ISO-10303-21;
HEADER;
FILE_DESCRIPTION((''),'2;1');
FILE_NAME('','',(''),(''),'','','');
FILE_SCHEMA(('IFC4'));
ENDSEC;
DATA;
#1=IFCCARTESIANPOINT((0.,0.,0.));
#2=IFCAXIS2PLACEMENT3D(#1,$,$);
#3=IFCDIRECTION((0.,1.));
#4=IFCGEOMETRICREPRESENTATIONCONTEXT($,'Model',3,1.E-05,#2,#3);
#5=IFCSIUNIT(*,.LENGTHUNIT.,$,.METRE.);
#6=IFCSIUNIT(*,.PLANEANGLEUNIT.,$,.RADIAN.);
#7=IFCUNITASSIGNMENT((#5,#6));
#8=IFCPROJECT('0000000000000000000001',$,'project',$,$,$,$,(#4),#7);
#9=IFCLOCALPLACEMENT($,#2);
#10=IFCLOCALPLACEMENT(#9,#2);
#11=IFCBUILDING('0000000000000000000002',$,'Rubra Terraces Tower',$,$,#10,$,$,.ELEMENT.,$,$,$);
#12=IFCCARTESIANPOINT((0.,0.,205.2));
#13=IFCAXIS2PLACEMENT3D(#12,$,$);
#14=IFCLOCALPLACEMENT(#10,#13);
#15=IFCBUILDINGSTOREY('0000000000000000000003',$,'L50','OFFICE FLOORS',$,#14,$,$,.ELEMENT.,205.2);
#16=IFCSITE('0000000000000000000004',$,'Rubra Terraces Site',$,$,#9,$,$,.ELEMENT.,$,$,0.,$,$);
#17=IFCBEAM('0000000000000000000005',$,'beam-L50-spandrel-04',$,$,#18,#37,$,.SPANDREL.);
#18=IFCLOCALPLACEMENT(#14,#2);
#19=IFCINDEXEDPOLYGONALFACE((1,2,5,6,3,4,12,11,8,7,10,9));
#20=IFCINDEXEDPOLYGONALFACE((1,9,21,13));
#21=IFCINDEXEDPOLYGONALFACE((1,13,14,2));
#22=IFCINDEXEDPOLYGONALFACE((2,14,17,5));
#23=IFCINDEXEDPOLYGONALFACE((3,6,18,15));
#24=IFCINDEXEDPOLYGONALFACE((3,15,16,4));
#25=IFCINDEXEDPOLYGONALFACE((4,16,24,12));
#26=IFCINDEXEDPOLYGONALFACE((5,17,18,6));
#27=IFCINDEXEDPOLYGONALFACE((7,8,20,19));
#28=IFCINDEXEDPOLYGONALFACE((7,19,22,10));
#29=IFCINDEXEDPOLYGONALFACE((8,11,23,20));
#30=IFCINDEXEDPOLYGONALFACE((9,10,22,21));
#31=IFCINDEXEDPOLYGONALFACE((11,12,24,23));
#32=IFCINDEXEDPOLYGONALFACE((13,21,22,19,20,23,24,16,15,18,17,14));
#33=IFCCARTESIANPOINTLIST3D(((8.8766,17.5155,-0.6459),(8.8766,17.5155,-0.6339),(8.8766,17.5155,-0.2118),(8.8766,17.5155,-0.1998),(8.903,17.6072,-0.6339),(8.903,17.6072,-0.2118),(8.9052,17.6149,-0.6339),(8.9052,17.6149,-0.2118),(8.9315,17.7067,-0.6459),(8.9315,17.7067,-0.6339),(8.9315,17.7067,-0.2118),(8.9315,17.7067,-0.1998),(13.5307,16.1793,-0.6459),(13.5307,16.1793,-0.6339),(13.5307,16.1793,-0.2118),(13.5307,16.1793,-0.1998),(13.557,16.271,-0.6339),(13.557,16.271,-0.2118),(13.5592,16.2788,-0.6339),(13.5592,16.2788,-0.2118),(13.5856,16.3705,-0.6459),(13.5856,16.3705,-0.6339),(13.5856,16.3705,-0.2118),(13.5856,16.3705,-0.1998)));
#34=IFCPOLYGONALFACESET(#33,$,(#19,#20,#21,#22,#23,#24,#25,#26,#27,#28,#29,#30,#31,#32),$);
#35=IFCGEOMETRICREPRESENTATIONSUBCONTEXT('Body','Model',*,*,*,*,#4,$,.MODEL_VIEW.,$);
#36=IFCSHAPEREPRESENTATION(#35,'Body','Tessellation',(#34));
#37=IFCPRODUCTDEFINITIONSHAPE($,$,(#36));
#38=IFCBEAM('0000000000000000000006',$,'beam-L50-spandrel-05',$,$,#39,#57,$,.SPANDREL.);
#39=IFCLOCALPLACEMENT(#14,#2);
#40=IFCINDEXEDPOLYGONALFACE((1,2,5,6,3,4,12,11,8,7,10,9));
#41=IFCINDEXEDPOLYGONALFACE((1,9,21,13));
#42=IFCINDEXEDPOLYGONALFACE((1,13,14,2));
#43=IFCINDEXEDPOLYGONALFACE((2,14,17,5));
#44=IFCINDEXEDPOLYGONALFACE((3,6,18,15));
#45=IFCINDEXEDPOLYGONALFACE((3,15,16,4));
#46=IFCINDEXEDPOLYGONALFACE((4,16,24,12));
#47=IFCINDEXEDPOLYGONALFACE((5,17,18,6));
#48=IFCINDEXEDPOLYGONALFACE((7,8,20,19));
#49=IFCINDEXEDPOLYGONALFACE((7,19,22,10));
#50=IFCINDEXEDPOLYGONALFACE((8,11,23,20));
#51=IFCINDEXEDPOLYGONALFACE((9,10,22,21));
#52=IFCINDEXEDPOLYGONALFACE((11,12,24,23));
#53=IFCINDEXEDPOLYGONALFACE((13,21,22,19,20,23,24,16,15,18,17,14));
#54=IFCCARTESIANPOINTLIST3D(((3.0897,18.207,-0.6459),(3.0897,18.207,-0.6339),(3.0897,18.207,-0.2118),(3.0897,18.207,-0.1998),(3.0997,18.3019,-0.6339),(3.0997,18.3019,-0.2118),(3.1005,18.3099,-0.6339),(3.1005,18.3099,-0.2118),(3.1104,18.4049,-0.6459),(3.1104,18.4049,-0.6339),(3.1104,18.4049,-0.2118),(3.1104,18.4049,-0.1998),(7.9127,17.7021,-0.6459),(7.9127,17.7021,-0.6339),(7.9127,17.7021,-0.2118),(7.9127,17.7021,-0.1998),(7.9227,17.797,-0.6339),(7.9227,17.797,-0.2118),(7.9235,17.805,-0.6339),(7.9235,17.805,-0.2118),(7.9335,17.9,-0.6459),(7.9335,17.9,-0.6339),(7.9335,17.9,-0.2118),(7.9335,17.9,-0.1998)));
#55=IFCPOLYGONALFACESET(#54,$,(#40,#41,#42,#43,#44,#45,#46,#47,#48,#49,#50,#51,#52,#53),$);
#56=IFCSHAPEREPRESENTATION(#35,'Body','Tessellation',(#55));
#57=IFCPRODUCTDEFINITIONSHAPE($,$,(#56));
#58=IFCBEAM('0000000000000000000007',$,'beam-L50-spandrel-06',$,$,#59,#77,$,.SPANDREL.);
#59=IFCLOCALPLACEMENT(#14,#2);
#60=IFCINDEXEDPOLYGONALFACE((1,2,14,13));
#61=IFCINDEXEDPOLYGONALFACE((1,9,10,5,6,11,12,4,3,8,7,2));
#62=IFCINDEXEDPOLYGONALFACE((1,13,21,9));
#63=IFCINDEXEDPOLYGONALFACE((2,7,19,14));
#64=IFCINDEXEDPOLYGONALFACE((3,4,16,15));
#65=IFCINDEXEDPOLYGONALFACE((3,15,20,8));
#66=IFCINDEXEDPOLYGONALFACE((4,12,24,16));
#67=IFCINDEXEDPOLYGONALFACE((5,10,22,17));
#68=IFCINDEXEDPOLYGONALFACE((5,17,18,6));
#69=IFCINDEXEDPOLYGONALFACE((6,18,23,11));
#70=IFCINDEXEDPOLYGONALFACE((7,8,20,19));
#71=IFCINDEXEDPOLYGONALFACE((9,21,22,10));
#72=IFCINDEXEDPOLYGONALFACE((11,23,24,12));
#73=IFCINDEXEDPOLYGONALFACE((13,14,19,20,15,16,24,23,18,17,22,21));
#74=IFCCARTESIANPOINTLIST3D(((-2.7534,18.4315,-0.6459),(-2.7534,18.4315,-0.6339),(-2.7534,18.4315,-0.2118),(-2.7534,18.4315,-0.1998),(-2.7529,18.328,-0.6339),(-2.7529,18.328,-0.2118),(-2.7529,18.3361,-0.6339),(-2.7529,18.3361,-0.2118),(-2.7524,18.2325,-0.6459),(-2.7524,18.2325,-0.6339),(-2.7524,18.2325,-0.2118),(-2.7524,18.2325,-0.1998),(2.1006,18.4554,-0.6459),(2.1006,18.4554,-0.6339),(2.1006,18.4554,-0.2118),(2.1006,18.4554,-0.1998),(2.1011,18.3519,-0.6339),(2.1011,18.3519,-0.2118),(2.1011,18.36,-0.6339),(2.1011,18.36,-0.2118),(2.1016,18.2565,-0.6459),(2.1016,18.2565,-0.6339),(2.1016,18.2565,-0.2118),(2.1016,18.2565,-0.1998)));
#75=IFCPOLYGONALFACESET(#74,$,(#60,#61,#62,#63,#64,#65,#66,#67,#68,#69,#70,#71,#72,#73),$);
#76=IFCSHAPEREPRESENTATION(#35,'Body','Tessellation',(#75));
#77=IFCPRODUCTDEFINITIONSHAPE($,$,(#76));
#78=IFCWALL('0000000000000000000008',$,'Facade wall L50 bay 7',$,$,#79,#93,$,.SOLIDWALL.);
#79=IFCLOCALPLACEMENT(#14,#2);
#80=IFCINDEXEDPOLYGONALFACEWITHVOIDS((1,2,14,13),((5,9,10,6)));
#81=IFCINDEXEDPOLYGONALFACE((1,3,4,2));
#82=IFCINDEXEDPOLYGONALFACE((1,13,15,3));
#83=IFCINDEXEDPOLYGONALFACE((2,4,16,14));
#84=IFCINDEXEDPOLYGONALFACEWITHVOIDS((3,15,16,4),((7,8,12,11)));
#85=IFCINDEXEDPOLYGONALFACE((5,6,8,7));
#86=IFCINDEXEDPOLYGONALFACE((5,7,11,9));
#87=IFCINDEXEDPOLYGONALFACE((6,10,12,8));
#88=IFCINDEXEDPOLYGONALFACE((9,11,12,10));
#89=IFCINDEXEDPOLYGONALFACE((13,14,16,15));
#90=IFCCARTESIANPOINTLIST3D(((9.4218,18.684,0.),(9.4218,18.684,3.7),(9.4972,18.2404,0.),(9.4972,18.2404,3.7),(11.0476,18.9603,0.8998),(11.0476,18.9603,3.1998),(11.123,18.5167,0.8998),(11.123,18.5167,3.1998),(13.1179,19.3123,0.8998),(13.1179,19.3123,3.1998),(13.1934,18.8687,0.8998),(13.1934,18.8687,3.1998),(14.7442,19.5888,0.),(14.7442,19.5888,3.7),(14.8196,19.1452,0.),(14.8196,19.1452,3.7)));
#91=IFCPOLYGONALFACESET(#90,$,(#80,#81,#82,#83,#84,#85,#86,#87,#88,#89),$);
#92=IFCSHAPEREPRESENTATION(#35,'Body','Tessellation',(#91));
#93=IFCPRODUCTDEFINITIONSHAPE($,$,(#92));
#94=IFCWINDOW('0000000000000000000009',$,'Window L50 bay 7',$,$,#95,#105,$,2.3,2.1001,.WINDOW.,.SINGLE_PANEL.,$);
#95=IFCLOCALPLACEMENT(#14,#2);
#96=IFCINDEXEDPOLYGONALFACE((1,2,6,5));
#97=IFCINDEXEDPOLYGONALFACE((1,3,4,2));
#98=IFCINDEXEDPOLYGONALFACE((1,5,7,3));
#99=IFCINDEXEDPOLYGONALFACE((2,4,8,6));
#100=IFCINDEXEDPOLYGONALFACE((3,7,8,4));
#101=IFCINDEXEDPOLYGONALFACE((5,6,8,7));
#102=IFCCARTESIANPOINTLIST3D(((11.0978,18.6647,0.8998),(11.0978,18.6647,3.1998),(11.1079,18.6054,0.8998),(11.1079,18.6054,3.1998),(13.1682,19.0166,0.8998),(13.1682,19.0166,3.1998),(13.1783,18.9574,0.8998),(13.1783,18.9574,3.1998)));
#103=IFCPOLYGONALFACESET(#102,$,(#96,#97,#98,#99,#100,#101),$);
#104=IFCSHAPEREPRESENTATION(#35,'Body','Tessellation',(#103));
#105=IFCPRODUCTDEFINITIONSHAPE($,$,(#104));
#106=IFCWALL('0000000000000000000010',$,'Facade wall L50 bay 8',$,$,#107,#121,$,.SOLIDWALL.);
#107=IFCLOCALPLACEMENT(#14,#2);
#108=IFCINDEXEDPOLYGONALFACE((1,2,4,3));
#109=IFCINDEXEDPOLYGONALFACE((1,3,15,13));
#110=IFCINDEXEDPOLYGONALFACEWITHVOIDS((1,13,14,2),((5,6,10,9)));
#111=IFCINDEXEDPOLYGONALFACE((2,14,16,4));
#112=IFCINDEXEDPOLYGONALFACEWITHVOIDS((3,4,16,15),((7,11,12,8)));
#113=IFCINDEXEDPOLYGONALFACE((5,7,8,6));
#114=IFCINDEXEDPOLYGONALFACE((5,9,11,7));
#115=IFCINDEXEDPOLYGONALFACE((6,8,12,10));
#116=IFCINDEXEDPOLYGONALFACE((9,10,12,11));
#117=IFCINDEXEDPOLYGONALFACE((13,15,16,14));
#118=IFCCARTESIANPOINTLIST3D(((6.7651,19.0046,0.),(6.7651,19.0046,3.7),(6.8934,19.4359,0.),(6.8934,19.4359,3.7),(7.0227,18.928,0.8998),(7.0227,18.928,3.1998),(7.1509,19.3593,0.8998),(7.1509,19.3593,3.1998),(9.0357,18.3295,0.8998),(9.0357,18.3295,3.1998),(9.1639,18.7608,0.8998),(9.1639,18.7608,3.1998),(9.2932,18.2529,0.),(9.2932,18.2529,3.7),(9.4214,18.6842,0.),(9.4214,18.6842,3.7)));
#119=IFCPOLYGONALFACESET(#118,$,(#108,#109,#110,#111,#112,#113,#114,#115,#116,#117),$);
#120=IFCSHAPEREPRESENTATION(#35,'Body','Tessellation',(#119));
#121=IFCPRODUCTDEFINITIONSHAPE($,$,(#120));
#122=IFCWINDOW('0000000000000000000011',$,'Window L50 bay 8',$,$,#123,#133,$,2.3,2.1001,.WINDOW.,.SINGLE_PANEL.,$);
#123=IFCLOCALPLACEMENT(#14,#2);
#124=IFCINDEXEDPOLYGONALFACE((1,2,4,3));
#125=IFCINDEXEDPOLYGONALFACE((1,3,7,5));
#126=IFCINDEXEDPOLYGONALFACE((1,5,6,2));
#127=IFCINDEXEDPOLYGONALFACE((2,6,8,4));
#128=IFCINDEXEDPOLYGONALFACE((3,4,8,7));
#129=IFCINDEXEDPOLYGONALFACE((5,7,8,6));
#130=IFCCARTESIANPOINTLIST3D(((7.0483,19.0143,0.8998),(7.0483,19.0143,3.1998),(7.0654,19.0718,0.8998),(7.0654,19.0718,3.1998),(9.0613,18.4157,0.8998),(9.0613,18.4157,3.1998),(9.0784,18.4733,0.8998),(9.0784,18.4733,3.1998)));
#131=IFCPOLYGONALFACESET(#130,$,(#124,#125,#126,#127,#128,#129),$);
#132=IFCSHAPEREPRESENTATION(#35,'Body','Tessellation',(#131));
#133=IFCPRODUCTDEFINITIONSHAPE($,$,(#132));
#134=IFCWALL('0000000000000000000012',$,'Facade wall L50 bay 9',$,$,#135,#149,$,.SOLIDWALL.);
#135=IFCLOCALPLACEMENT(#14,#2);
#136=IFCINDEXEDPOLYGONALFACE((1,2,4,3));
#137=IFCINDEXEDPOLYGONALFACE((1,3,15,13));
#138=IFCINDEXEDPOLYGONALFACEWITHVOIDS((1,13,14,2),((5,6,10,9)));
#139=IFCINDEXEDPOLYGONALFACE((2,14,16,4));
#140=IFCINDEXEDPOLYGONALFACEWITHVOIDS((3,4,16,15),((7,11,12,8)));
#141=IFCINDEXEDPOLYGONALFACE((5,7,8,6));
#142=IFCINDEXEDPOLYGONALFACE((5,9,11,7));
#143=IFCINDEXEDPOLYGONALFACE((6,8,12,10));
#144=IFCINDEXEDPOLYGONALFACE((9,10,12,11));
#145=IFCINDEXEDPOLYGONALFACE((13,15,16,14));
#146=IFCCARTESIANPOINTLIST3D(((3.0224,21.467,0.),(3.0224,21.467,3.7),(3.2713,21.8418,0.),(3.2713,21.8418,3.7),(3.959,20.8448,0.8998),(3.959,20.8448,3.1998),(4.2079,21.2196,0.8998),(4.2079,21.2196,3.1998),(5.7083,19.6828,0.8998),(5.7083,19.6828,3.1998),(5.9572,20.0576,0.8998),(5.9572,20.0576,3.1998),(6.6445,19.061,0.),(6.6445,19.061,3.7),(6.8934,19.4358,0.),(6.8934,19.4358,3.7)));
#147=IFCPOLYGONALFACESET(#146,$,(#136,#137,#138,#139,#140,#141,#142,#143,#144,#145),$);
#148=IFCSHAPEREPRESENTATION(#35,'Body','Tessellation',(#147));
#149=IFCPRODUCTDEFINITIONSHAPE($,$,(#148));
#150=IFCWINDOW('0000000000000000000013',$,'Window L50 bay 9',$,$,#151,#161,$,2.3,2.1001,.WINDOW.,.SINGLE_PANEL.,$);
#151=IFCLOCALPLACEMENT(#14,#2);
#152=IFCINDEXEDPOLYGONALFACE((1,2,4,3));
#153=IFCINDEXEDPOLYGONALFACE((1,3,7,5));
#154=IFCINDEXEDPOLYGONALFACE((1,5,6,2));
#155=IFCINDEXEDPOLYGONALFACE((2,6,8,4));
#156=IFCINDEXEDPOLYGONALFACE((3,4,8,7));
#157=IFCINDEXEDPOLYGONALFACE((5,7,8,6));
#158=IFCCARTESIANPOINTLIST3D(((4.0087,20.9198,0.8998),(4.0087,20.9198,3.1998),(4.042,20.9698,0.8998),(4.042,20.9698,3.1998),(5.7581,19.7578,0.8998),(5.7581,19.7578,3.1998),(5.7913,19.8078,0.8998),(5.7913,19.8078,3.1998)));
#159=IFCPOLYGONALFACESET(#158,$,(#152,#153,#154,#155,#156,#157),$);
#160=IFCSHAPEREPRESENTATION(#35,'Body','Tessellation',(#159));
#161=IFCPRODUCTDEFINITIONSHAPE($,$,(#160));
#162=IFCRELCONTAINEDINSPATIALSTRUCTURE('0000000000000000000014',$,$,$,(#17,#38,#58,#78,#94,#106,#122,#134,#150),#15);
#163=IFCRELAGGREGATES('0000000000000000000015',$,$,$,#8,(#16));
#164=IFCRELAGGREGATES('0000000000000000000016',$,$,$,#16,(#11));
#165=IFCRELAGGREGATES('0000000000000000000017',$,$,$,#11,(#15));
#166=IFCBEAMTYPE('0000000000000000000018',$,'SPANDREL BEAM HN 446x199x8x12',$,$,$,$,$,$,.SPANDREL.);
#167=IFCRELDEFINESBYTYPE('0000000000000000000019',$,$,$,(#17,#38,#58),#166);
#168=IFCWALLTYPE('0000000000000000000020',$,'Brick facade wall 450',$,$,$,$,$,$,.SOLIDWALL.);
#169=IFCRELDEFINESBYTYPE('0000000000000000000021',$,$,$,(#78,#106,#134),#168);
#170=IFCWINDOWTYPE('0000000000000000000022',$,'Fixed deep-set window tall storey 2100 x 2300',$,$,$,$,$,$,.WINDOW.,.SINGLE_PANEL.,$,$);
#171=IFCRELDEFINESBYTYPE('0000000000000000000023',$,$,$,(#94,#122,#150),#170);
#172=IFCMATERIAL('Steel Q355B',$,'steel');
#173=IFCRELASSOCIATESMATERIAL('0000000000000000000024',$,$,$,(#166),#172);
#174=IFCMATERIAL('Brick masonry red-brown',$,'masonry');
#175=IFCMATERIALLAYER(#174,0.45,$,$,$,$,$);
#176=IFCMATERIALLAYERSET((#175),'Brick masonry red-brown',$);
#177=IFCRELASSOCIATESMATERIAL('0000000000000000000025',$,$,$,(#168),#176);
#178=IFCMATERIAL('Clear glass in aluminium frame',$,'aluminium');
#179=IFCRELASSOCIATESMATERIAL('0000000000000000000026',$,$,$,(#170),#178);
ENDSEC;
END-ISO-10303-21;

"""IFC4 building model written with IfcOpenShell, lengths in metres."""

from ifc_helpers import new_model, si_unit, direction, frame, frame_2d, origin, origin_2d, place, context, subcontext, project, spatial, rectangle, i_section, extrude, material, layer, layer_set, material_profile, profile_set, type_object, element, fill, save


model = new_model("IFC4")

# Units and contexts
model_context = context("Model", 3, precision=1e-05, world=origin(), true_north=direction((0.0, 1.0)))
body_context = subcontext(model_context, "Body", "Model", "MODEL_VIEW")
ifc_project = project(units=[si_unit("LENGTHUNIT", "METRE"), si_unit("PLANEANGLEUNIT", "RADIAN")], contexts=[model_context])

# Site, building, storey
site_placement = place(None, origin())
site = spatial("IfcSite", under=ifc_project, at=site_placement, Name="Rubra Terraces Site", CompositionType="ELEMENT", RefElevation=0.0)
building_placement = place(site_placement, origin())
building = spatial("IfcBuilding", under=site, at=building_placement, Name="Rubra Terraces Tower", CompositionType="ELEMENT")
storey_placement = place(building_placement, frame((0.0, 0.0, 205.2)))
storey = spatial("IfcBuildingStorey", under=building, at=storey_placement, Name="L50", Description="OFFICE FLOORS", CompositionType="ELEMENT", Elevation=205.2)

# Beams
ifc_material_1 = material(Name="Steel Q355B", Category="steel")
ifc_material_profile_1 = material_profile(ifc_material_1, i_section(OverallWidth=0.199, OverallDepth=0.446, WebThickness=0.0081, FlangeThickness=0.012, at=origin_2d()), Name="HN 446x199x8x12")
ifc_profile_set_1 = profile_set([ifc_material_profile_1], Name="Steel Q355B")
beam_type_1 = type_object("IfcBeamType", Name="SPANDREL BEAM HN 446x199x8x12", PredefinedType="SPANDREL", material=ifc_profile_set_1)
beam_1_placement = place(storey_placement, frame((13.5581, 16.2749, -0.4229), z_axis=(-0.961171, 0.275953, 0.0), x_axis=(-0.275953, -0.961171, 0.0)))
element("IfcBeam", 1, at=beam_1_placement, inside=storey, type_object=beam_type_1, Name="beam-L50-spandrel-04", PredefinedType="SPANDREL", context=body_context, shape_type="SweptSolid", body=[
    extrude(i_section(OverallWidth=0.199, OverallDepth=0.446, WebThickness=0.0081, FlangeThickness=0.012, at=origin_2d()), origin(), (0.0, 0.0, 1.0), 4.842),
])
beam_2_placement = place(storey_placement, frame((7.9231, 17.801, -0.4229), z_axis=(-0.994565, 0.104113, 0.0), x_axis=(-0.104113, -0.994565, 0.0)))
element("IfcBeam", 2, at=beam_2_placement, inside=storey, type_object=beam_type_1, Name="beam-L50-spandrel-05", PredefinedType="SPANDREL", context=body_context, shape_type="SweptSolid", body=[
    extrude(i_section(OverallWidth=0.199, OverallDepth=0.446, WebThickness=0.0081, FlangeThickness=0.012, at=origin_2d()), origin(), (0.0, 0.0, 1.0), 4.8494),
])
beam_3_placement = place(storey_placement, frame((2.1011, 18.356, -0.4229), z_axis=(-0.999988, -0.004929, 0.0), x_axis=(0.004929, -0.999988, 0.0)))
element("IfcBeam", 3, at=beam_3_placement, inside=storey, type_object=beam_type_1, Name="beam-L50-spandrel-06", PredefinedType="SPANDREL", context=body_context, shape_type="SweptSolid", body=[
    extrude(i_section(OverallWidth=0.199, OverallDepth=0.446, WebThickness=0.0081, FlangeThickness=0.012, at=origin_2d()), origin(), (0.0, 0.0, 1.0), 4.854),
])

# Walls, openings, windows
ifc_material_2 = material(Name="Brick masonry red-brown", Category="masonry")
ifc_layer_1 = layer(ifc_material_2, 0.45)
ifc_layer_set_1 = layer_set([ifc_layer_1], Name="Brick masonry red-brown")
wall_type_1 = type_object("IfcWallType", Name="Brick facade wall 450", PredefinedType="SOLIDWALL", material=ifc_layer_set_1)
wall_1_placement = place(storey_placement, frame((14.7817, 19.3669, 0.0), z_axis=(0.0, 0.0, 1.0), x_axis=(-0.985856, -0.167595, 0.0)))
wall_1 = element("IfcWall", 4, at=wall_1_placement, inside=storey, type_object=wall_type_1, Name="Facade wall L50 bay 7", PredefinedType="SOLIDWALL", context=body_context, shape_type="SweptSolid", body=[
    extrude(rectangle(XDim=5.3987, YDim=0.45, at=frame_2d((2.6992, 0.0))), origin(), (0.0, 0.0, 1.0), 3.7),
])
opening_1_placement = place(wall_1_placement, frame((1.6494, 0.0, 0.8999)))
opening_1 = element("IfcOpeningElement", 5, at=opening_1_placement, cuts=wall_1, PredefinedType="OPENING", context=body_context, shape_type="SweptSolid", body=[
    extrude(rectangle(XDim=2.1001, YDim=2.3, at=frame_2d((1.05, 1.1499))), frame((0.0, 0.2349, 0.0), z_axis=(0.0, -1.0, 0.0), x_axis=(1.0, 0.0, 0.0)), (0.0, 0.0, 1.0), 0.47),
])
ifc_material_3 = material(Name="Clear glass in aluminium frame", Category="aluminium")
window_type_1 = type_object("IfcWindowType", Name="Fixed deep-set window tall storey 2100 x 2300", PartitioningType="SINGLE_PANEL", PredefinedType="WINDOW", material=ifc_material_3)
window_1_placement = place(opening_1_placement, origin())
window_1 = element("IfcWindow", 6, at=window_1_placement, inside=storey, type_object=window_type_1, Name="Window L50 bay 7", OverallHeight=2.3, OverallWidth=2.1001, PartitioningType="SINGLE_PANEL", PredefinedType="WINDOW", context=body_context, shape_type="SweptSolid", body=[
    extrude(rectangle(XDim=2.1001, YDim=2.3, at=frame_2d((1.05, 1.1499))), frame((0.0, 0.135, 0.0), z_axis=(0.0, -1.0, 0.0), x_axis=(1.0, 0.0, 0.0)), (0.0, 0.0, 1.0), 0.0601),
])
fill(opening_1, window_1)
wall_2_placement = place(storey_placement, frame((9.3574, 18.4685, 0.0), z_axis=(0.0, 0.0, 1.0), x_axis=(-0.958524, 0.285012, 0.0)))
wall_2 = element("IfcWall", 7, at=wall_2_placement, inside=storey, type_object=wall_type_1, Name="Facade wall L50 bay 8", PredefinedType="SOLIDWALL", context=body_context, shape_type="SweptSolid", body=[
    extrude(rectangle(XDim=2.6375, YDim=0.45, at=frame_2d((1.3188, 0.0))), origin(), (0.0, 0.0, 1.0), 3.7),
])
opening_2_placement = place(wall_2_placement, frame((0.2688, 0.0, 0.8999)))
opening_2 = element("IfcOpeningElement", 8, at=opening_2_placement, cuts=wall_2, PredefinedType="OPENING", context=body_context, shape_type="SweptSolid", body=[
    extrude(rectangle(XDim=2.1001, YDim=2.3, at=frame_2d((1.05, 1.1499))), frame((0.0, 0.2349, 0.0), z_axis=(0.0, -1.0, 0.0), x_axis=(1.0, 0.0, 0.0)), (0.0, 0.0, 1.0), 0.47),
])
window_2_placement = place(opening_2_placement, origin())
window_2 = element("IfcWindow", 9, at=window_2_placement, inside=storey, type_object=window_type_1, Name="Window L50 bay 8", OverallHeight=2.3, OverallWidth=2.1001, PartitioningType="SINGLE_PANEL", PredefinedType="WINDOW", context=body_context, shape_type="SweptSolid", body=[
    extrude(rectangle(XDim=2.1001, YDim=2.3, at=frame_2d((1.05, 1.1499))), frame((0.0, 0.135, 0.0), z_axis=(0.0, -1.0, 0.0), x_axis=(1.0, 0.0, 0.0)), (0.0, 0.0, 1.0), 0.0601),
])
fill(opening_2, window_2)
wall_3_placement = place(storey_placement, frame((6.769, 19.2483, 0.0), z_axis=(0.0, 0.0, 1.0), x_axis=(-0.832973, 0.553313, 0.0)))
wall_3 = element("IfcWall", 10, at=wall_3_placement, inside=storey, type_object=wall_type_1, Name="Facade wall L50 bay 9", PredefinedType="SOLIDWALL", context=body_context, shape_type="SweptSolid", body=[
    extrude(rectangle(XDim=4.3484, YDim=0.45, at=frame_2d((2.1743, 0.0))), origin(), (0.0, 0.0, 1.0), 3.7),
])
opening_3_placement = place(wall_3_placement, frame((1.124, 0.0, 0.8999)))
opening_3 = element("IfcOpeningElement", 11, at=opening_3_placement, cuts=wall_3, PredefinedType="OPENING", context=body_context, shape_type="SweptSolid", body=[
    extrude(rectangle(XDim=2.1001, YDim=2.3, at=frame_2d((1.05, 1.1499))), frame((0.0, 0.2349, 0.0), z_axis=(0.0, -1.0, 0.0), x_axis=(1.0, 0.0, 0.0)), (0.0, 0.0, 1.0), 0.47),
])
window_3_placement = place(opening_3_placement, origin())
window_3 = element("IfcWindow", 12, at=window_3_placement, inside=storey, type_object=window_type_1, Name="Window L50 bay 9", OverallHeight=2.3, OverallWidth=2.1001, PartitioningType="SINGLE_PANEL", PredefinedType="WINDOW", context=body_context, shape_type="SweptSolid", body=[
    extrude(rectangle(XDim=2.1001, YDim=2.3, at=frame_2d((1.05, 1.1499))), frame((0.0, 0.135, 0.0), z_axis=(0.0, -1.0, 0.0), x_axis=(1.0, 0.0, 0.0)), (0.0, 0.0, 1.0), 0.0601),
])
fill(opening_3, window_3)

save(model, "model.ifc")
